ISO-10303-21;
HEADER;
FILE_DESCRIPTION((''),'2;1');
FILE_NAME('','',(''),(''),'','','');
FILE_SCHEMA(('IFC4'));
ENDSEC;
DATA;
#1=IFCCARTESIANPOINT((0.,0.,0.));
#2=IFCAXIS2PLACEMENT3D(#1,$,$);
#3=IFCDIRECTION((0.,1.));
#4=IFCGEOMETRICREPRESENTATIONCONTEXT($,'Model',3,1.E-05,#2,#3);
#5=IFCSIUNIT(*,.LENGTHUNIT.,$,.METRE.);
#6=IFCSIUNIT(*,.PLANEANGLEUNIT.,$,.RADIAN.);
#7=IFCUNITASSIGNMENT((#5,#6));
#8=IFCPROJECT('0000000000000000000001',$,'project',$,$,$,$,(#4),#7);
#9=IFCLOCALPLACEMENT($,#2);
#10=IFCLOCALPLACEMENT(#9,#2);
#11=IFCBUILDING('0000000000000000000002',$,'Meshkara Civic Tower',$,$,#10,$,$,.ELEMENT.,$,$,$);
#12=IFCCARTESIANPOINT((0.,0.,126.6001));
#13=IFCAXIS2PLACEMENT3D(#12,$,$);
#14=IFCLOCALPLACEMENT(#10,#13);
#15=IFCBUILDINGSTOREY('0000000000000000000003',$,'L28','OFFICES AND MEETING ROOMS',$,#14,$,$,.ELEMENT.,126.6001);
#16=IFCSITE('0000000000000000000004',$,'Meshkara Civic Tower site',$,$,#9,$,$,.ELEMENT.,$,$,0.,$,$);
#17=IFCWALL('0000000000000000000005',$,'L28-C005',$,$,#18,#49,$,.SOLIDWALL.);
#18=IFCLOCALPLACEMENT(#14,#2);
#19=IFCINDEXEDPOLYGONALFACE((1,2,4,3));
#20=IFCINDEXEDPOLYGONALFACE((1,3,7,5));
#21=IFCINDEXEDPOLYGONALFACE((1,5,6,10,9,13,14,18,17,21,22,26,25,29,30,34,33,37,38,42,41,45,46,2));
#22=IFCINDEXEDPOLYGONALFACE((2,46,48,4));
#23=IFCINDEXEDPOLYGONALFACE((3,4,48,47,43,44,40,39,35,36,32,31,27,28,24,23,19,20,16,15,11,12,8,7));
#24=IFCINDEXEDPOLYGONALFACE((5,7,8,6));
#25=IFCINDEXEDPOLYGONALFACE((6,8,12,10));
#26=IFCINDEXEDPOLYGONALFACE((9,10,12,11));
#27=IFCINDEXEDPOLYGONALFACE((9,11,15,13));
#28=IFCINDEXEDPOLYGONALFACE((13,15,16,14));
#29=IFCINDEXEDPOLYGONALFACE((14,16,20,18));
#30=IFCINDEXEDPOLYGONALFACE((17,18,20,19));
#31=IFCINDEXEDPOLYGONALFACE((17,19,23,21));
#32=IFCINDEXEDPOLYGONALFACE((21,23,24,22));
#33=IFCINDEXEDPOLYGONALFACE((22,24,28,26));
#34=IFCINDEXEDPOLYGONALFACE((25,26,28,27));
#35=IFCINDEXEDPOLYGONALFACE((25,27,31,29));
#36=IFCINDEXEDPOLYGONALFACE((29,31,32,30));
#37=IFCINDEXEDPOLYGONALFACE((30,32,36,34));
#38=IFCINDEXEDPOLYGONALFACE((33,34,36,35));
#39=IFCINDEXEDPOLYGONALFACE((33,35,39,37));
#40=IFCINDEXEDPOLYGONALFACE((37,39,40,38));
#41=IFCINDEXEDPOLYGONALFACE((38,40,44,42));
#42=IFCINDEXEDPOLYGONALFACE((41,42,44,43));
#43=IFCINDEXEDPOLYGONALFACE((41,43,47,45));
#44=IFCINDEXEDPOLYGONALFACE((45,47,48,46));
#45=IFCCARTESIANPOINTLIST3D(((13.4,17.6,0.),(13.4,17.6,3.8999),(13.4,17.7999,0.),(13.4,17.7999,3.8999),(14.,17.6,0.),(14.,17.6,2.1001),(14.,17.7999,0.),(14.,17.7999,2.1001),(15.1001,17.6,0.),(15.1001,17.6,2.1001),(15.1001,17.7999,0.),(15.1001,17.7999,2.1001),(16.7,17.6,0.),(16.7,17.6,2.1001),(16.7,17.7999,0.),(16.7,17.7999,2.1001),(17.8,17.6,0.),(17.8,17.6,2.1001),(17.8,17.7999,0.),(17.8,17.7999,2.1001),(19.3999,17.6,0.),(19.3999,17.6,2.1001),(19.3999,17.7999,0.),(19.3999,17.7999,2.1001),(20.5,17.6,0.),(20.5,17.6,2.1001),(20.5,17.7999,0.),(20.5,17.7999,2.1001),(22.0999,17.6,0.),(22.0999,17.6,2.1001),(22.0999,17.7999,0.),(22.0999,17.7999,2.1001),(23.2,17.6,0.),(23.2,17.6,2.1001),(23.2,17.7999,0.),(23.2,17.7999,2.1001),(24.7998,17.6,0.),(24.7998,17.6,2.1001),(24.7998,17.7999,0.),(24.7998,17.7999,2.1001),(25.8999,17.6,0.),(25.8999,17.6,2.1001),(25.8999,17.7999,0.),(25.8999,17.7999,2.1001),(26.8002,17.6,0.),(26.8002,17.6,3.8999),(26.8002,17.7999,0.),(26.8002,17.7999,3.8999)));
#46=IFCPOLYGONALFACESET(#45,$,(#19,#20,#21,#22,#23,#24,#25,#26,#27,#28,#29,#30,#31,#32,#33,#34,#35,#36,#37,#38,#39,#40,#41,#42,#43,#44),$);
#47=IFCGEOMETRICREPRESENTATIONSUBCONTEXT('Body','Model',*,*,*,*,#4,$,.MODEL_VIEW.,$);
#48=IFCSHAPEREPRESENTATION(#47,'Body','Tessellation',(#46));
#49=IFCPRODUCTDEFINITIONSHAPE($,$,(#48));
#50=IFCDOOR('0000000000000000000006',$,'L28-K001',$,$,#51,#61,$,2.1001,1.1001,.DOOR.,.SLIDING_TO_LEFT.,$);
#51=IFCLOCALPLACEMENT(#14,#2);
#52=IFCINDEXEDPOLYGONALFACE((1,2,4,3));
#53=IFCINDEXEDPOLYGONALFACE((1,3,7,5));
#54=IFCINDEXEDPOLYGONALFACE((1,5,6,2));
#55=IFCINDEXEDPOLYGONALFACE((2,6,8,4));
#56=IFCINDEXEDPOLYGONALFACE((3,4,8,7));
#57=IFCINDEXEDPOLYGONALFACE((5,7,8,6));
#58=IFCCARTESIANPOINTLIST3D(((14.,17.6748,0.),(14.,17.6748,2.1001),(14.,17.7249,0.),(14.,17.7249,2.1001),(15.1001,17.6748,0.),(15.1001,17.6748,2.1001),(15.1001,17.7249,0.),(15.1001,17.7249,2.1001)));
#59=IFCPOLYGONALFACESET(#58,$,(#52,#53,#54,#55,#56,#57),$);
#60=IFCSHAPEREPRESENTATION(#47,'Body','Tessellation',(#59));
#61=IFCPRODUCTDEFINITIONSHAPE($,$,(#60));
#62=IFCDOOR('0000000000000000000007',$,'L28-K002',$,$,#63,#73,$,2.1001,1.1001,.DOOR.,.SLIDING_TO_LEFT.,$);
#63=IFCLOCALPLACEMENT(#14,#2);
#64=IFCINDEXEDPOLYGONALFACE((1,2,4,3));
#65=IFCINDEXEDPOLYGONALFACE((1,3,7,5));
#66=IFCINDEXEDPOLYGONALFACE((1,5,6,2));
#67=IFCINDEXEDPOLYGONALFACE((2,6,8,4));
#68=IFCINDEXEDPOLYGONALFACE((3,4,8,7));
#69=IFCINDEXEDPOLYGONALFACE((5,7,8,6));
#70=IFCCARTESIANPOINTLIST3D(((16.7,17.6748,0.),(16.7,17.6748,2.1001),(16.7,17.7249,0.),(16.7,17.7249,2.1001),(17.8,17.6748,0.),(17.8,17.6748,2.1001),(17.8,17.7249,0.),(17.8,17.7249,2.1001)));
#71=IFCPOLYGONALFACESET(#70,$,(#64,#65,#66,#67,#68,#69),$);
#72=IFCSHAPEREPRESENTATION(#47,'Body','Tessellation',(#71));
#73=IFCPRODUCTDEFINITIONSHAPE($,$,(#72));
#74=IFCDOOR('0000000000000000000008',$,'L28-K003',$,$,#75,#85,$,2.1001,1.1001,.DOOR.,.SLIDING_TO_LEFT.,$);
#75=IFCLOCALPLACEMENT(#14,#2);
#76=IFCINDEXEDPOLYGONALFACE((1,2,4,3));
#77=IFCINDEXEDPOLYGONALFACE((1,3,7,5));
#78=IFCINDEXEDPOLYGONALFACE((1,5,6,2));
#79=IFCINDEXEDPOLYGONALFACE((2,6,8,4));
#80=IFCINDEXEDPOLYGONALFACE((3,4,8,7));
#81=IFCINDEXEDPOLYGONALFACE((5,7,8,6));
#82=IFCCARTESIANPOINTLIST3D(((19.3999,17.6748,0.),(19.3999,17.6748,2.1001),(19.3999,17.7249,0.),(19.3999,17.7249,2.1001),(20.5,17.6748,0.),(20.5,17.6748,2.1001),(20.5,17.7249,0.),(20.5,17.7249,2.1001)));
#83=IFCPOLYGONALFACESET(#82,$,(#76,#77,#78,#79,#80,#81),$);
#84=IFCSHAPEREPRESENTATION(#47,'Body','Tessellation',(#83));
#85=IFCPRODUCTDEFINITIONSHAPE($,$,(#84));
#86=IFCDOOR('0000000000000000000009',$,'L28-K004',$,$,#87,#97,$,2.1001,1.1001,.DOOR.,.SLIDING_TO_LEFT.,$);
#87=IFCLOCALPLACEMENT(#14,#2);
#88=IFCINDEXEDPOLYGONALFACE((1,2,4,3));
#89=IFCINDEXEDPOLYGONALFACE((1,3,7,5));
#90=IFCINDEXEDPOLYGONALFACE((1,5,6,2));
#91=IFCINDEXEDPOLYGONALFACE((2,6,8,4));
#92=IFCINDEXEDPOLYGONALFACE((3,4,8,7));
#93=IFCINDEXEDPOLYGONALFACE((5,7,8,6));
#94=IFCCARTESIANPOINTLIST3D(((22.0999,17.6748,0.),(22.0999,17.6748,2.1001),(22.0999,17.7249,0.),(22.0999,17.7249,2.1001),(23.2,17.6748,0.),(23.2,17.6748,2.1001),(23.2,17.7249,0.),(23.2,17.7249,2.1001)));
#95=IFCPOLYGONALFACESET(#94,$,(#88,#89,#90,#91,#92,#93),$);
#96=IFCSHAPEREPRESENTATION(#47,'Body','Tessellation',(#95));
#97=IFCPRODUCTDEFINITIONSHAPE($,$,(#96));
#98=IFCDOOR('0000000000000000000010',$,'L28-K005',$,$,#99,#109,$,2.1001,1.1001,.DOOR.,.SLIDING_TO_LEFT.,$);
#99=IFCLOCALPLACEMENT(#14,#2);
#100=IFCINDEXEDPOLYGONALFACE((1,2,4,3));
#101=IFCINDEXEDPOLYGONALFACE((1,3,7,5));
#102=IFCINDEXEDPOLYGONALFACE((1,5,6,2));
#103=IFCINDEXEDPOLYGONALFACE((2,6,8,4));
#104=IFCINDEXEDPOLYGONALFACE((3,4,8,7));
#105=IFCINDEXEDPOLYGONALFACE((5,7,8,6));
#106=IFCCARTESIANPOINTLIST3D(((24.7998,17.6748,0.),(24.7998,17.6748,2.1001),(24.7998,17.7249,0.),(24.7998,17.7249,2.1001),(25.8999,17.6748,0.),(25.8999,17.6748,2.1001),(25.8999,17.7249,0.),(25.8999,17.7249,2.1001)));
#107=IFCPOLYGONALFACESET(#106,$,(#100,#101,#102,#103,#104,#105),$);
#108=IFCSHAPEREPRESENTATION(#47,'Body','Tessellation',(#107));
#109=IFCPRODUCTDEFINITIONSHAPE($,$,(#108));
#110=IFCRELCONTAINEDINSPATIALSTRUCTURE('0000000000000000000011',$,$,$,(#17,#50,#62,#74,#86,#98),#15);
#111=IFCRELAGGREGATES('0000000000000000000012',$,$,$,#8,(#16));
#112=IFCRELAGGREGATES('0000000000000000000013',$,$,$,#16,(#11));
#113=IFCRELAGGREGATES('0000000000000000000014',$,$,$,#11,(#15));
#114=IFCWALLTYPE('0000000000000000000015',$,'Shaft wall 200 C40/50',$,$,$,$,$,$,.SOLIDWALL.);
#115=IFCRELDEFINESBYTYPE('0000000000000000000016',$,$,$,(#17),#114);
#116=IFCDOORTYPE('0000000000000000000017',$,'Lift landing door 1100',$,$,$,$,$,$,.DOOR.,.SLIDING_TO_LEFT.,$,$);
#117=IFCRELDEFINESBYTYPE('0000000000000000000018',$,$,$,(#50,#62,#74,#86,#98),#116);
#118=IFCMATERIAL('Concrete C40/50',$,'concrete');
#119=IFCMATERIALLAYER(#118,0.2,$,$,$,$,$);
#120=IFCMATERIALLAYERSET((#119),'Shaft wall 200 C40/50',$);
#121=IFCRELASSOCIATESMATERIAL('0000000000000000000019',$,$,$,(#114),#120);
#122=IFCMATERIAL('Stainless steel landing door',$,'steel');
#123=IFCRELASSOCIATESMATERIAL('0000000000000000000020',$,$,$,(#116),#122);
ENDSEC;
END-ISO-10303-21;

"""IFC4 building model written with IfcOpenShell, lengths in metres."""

from ifc_helpers import new_model, si_unit, direction, frame, frame_2d, origin, place, context, subcontext, project, spatial, rectangle, extrude, material, layer, layer_set, type_object, element, fill, save


model = new_model("IFC4")

# Units and contexts
model_context = context("Model", 3, precision=1e-05, world=origin(), true_north=direction((0.0, 1.0)))
body_context = subcontext(model_context, "Body", "Model", "MODEL_VIEW")
ifc_project = project(units=[si_unit("LENGTHUNIT", "METRE"), si_unit("PLANEANGLEUNIT", "RADIAN")], contexts=[model_context])

# Site, building, storey
site_placement = place(None, origin())
site = spatial("IfcSite", under=ifc_project, at=site_placement, Name="Meshkara Civic Tower site", CompositionType="ELEMENT", RefElevation=0.0)
building_placement = place(site_placement, origin())
building = spatial("IfcBuilding", under=site, at=building_placement, Name="Meshkara Civic Tower", CompositionType="ELEMENT")
storey_placement = place(building_placement, frame((0.0, 0.0, 126.6001)))
storey = spatial("IfcBuildingStorey", under=building, at=storey_placement, Name="L28", Description="OFFICES AND MEETING ROOMS", CompositionType="ELEMENT", Elevation=126.6001)

# Wall, openings, doors
ifc_material_1 = material(Name="Concrete C40/50", Category="concrete")
ifc_layer_1 = layer(ifc_material_1, 0.2)
ifc_layer_set_1 = layer_set([ifc_layer_1], Name="Shaft wall 200 C40/50")
wall_type_1 = type_object("IfcWallType", Name="Shaft wall 200 C40/50", PredefinedType="SOLIDWALL", material=ifc_layer_set_1)
wall_1_placement = place(storey_placement, frame((13.3999, 17.7, 0.0), z_axis=(0.0, 0.0, 1.0), x_axis=(1.0, 0.0, 0.0)))
wall_1 = element("IfcWall", 1, at=wall_1_placement, inside=storey, type_object=wall_type_1, Name="L28-C005", PredefinedType="SOLIDWALL", context=body_context, shape_type="SweptSolid", body=[
    extrude(rectangle(XDim=13.4001, YDim=0.2, at=frame_2d((6.7002, 0.0))), origin(), (0.0, 0.0, 1.0), 3.8999),
])
opening_1_placement = place(wall_1_placement, frame((0.6001, 0.0, 0.0)))
opening_1 = element("IfcOpeningElement", 2, at=opening_1_placement, cuts=wall_1, PredefinedType="OPENING", context=body_context, shape_type="SweptSolid", body=[
    extrude(rectangle(XDim=1.1001, YDim=2.1001, at=frame_2d((0.55, 1.05))), frame((0.0, 0.1099, 0.0), z_axis=(0.0, -1.0, 0.0), x_axis=(1.0, 0.0, 0.0)), (0.0, 0.0, 1.0), 0.22),
])
opening_2_placement = place(wall_1_placement, frame((3.3, 0.0, 0.0)))
opening_2 = element("IfcOpeningElement", 3, at=opening_2_placement, cuts=wall_1, PredefinedType="OPENING", context=body_context, shape_type="SweptSolid", body=[
    extrude(rectangle(XDim=1.1001, YDim=2.1001, at=frame_2d((0.55, 1.05))), frame((0.0, 0.1099, 0.0), z_axis=(0.0, -1.0, 0.0), x_axis=(1.0, 0.0, 0.0)), (0.0, 0.0, 1.0), 0.22),
])
opening_3_placement = place(wall_1_placement, frame((6.0, 0.0, 0.0)))
opening_3 = element("IfcOpeningElement", 4, at=opening_3_placement, cuts=wall_1, PredefinedType="OPENING", context=body_context, shape_type="SweptSolid", body=[
    extrude(rectangle(XDim=1.1001, YDim=2.1001, at=frame_2d((0.55, 1.05))), frame((0.0, 0.1099, 0.0), z_axis=(0.0, -1.0, 0.0), x_axis=(1.0, 0.0, 0.0)), (0.0, 0.0, 1.0), 0.22),
])
opening_4_placement = place(wall_1_placement, frame((8.7, 0.0, 0.0)))
opening_4 = element("IfcOpeningElement", 5, at=opening_4_placement, cuts=wall_1, PredefinedType="OPENING", context=body_context, shape_type="SweptSolid", body=[
    extrude(rectangle(XDim=1.1001, YDim=2.1001, at=frame_2d((0.55, 1.05))), frame((0.0, 0.1099, 0.0), z_axis=(0.0, -1.0, 0.0), x_axis=(1.0, 0.0, 0.0)), (0.0, 0.0, 1.0), 0.22),
])
opening_5_placement = place(wall_1_placement, frame((11.3999, 0.0, 0.0)))
opening_5 = element("IfcOpeningElement", 6, at=opening_5_placement, cuts=wall_1, PredefinedType="OPENING", context=body_context, shape_type="SweptSolid", body=[
    extrude(rectangle(XDim=1.1001, YDim=2.1001, at=frame_2d((0.55, 1.05))), frame((0.0, 0.1099, 0.0), z_axis=(0.0, -1.0, 0.0), x_axis=(1.0, 0.0, 0.0)), (0.0, 0.0, 1.0), 0.22),
])
ifc_material_2 = material(Name="Stainless steel landing door", Category="steel")
door_type_1 = type_object("IfcDoorType", Name="Lift landing door 1100", OperationType="SLIDING_TO_LEFT", PredefinedType="DOOR", material=ifc_material_2)
door_1_placement = place(opening_1_placement, origin())
door_1 = element("IfcDoor", 7, at=door_1_placement, inside=storey, type_object=door_type_1, Name="L28-K001", OperationType="SLIDING_TO_LEFT", OverallHeight=2.1001, OverallWidth=1.1001, PredefinedType="DOOR", context=body_context, shape_type="SweptSolid", body=[
    extrude(rectangle(XDim=1.1001, YDim=2.1001, at=frame_2d((0.55, 1.05))), frame((0.0, 0.0249, 0.0), z_axis=(0.0, -1.0, 0.0), x_axis=(1.0, 0.0, 0.0)), (0.0, 0.0, 1.0), 0.05),
])
fill(opening_1, door_1)
door_2_placement = place(opening_2_placement, origin())
door_2 = element("IfcDoor", 8, at=door_2_placement, inside=storey, type_object=door_type_1, Name="L28-K002", OperationType="SLIDING_TO_LEFT", OverallHeight=2.1001, OverallWidth=1.1001, PredefinedType="DOOR", context=body_context, shape_type="SweptSolid", body=[
    extrude(rectangle(XDim=1.1001, YDim=2.1001, at=frame_2d((0.55, 1.05))), frame((0.0, 0.0249, 0.0), z_axis=(0.0, -1.0, 0.0), x_axis=(1.0, 0.0, 0.0)), (0.0, 0.0, 1.0), 0.05),
])
fill(opening_2, door_2)
door_3_placement = place(opening_3_placement, origin())
door_3 = element("IfcDoor", 9, at=door_3_placement, inside=storey, type_object=door_type_1, Name="L28-K003", OperationType="SLIDING_TO_LEFT", OverallHeight=2.1001, OverallWidth=1.1001, PredefinedType="DOOR", context=body_context, shape_type="SweptSolid", body=[
    extrude(rectangle(XDim=1.1001, YDim=2.1001, at=frame_2d((0.55, 1.05))), frame((0.0, 0.0249, 0.0), z_axis=(0.0, -1.0, 0.0), x_axis=(1.0, 0.0, 0.0)), (0.0, 0.0, 1.0), 0.05),
])
fill(opening_3, door_3)
door_4_placement = place(opening_4_placement, origin())
door_4 = element("IfcDoor", 10, at=door_4_placement, inside=storey, type_object=door_type_1, Name="L28-K004", OperationType="SLIDING_TO_LEFT", OverallHeight=2.1001, OverallWidth=1.1001, PredefinedType="DOOR", context=body_context, shape_type="SweptSolid", body=[
    extrude(rectangle(XDim=1.1001, YDim=2.1001, at=frame_2d((0.55, 1.05))), frame((0.0, 0.0249, 0.0), z_axis=(0.0, -1.0, 0.0), x_axis=(1.0, 0.0, 0.0)), (0.0, 0.0, 1.0), 0.05),
])
fill(opening_4, door_4)
door_5_placement = place(opening_5_placement, origin())
door_5 = element("IfcDoor", 11, at=door_5_placement, inside=storey, type_object=door_type_1, Name="L28-K005", OperationType="SLIDING_TO_LEFT", OverallHeight=2.1001, OverallWidth=1.1001, PredefinedType="DOOR", context=body_context, shape_type="SweptSolid", body=[
    extrude(rectangle(XDim=1.1001, YDim=2.1001, at=frame_2d((0.55, 1.05))), frame((0.0, 0.0249, 0.0), z_axis=(0.0, -1.0, 0.0), x_axis=(1.0, 0.0, 0.0)), (0.0, 0.0, 1.0), 0.05),
])
fill(opening_5, door_5)

save(model, "model.ifc")
